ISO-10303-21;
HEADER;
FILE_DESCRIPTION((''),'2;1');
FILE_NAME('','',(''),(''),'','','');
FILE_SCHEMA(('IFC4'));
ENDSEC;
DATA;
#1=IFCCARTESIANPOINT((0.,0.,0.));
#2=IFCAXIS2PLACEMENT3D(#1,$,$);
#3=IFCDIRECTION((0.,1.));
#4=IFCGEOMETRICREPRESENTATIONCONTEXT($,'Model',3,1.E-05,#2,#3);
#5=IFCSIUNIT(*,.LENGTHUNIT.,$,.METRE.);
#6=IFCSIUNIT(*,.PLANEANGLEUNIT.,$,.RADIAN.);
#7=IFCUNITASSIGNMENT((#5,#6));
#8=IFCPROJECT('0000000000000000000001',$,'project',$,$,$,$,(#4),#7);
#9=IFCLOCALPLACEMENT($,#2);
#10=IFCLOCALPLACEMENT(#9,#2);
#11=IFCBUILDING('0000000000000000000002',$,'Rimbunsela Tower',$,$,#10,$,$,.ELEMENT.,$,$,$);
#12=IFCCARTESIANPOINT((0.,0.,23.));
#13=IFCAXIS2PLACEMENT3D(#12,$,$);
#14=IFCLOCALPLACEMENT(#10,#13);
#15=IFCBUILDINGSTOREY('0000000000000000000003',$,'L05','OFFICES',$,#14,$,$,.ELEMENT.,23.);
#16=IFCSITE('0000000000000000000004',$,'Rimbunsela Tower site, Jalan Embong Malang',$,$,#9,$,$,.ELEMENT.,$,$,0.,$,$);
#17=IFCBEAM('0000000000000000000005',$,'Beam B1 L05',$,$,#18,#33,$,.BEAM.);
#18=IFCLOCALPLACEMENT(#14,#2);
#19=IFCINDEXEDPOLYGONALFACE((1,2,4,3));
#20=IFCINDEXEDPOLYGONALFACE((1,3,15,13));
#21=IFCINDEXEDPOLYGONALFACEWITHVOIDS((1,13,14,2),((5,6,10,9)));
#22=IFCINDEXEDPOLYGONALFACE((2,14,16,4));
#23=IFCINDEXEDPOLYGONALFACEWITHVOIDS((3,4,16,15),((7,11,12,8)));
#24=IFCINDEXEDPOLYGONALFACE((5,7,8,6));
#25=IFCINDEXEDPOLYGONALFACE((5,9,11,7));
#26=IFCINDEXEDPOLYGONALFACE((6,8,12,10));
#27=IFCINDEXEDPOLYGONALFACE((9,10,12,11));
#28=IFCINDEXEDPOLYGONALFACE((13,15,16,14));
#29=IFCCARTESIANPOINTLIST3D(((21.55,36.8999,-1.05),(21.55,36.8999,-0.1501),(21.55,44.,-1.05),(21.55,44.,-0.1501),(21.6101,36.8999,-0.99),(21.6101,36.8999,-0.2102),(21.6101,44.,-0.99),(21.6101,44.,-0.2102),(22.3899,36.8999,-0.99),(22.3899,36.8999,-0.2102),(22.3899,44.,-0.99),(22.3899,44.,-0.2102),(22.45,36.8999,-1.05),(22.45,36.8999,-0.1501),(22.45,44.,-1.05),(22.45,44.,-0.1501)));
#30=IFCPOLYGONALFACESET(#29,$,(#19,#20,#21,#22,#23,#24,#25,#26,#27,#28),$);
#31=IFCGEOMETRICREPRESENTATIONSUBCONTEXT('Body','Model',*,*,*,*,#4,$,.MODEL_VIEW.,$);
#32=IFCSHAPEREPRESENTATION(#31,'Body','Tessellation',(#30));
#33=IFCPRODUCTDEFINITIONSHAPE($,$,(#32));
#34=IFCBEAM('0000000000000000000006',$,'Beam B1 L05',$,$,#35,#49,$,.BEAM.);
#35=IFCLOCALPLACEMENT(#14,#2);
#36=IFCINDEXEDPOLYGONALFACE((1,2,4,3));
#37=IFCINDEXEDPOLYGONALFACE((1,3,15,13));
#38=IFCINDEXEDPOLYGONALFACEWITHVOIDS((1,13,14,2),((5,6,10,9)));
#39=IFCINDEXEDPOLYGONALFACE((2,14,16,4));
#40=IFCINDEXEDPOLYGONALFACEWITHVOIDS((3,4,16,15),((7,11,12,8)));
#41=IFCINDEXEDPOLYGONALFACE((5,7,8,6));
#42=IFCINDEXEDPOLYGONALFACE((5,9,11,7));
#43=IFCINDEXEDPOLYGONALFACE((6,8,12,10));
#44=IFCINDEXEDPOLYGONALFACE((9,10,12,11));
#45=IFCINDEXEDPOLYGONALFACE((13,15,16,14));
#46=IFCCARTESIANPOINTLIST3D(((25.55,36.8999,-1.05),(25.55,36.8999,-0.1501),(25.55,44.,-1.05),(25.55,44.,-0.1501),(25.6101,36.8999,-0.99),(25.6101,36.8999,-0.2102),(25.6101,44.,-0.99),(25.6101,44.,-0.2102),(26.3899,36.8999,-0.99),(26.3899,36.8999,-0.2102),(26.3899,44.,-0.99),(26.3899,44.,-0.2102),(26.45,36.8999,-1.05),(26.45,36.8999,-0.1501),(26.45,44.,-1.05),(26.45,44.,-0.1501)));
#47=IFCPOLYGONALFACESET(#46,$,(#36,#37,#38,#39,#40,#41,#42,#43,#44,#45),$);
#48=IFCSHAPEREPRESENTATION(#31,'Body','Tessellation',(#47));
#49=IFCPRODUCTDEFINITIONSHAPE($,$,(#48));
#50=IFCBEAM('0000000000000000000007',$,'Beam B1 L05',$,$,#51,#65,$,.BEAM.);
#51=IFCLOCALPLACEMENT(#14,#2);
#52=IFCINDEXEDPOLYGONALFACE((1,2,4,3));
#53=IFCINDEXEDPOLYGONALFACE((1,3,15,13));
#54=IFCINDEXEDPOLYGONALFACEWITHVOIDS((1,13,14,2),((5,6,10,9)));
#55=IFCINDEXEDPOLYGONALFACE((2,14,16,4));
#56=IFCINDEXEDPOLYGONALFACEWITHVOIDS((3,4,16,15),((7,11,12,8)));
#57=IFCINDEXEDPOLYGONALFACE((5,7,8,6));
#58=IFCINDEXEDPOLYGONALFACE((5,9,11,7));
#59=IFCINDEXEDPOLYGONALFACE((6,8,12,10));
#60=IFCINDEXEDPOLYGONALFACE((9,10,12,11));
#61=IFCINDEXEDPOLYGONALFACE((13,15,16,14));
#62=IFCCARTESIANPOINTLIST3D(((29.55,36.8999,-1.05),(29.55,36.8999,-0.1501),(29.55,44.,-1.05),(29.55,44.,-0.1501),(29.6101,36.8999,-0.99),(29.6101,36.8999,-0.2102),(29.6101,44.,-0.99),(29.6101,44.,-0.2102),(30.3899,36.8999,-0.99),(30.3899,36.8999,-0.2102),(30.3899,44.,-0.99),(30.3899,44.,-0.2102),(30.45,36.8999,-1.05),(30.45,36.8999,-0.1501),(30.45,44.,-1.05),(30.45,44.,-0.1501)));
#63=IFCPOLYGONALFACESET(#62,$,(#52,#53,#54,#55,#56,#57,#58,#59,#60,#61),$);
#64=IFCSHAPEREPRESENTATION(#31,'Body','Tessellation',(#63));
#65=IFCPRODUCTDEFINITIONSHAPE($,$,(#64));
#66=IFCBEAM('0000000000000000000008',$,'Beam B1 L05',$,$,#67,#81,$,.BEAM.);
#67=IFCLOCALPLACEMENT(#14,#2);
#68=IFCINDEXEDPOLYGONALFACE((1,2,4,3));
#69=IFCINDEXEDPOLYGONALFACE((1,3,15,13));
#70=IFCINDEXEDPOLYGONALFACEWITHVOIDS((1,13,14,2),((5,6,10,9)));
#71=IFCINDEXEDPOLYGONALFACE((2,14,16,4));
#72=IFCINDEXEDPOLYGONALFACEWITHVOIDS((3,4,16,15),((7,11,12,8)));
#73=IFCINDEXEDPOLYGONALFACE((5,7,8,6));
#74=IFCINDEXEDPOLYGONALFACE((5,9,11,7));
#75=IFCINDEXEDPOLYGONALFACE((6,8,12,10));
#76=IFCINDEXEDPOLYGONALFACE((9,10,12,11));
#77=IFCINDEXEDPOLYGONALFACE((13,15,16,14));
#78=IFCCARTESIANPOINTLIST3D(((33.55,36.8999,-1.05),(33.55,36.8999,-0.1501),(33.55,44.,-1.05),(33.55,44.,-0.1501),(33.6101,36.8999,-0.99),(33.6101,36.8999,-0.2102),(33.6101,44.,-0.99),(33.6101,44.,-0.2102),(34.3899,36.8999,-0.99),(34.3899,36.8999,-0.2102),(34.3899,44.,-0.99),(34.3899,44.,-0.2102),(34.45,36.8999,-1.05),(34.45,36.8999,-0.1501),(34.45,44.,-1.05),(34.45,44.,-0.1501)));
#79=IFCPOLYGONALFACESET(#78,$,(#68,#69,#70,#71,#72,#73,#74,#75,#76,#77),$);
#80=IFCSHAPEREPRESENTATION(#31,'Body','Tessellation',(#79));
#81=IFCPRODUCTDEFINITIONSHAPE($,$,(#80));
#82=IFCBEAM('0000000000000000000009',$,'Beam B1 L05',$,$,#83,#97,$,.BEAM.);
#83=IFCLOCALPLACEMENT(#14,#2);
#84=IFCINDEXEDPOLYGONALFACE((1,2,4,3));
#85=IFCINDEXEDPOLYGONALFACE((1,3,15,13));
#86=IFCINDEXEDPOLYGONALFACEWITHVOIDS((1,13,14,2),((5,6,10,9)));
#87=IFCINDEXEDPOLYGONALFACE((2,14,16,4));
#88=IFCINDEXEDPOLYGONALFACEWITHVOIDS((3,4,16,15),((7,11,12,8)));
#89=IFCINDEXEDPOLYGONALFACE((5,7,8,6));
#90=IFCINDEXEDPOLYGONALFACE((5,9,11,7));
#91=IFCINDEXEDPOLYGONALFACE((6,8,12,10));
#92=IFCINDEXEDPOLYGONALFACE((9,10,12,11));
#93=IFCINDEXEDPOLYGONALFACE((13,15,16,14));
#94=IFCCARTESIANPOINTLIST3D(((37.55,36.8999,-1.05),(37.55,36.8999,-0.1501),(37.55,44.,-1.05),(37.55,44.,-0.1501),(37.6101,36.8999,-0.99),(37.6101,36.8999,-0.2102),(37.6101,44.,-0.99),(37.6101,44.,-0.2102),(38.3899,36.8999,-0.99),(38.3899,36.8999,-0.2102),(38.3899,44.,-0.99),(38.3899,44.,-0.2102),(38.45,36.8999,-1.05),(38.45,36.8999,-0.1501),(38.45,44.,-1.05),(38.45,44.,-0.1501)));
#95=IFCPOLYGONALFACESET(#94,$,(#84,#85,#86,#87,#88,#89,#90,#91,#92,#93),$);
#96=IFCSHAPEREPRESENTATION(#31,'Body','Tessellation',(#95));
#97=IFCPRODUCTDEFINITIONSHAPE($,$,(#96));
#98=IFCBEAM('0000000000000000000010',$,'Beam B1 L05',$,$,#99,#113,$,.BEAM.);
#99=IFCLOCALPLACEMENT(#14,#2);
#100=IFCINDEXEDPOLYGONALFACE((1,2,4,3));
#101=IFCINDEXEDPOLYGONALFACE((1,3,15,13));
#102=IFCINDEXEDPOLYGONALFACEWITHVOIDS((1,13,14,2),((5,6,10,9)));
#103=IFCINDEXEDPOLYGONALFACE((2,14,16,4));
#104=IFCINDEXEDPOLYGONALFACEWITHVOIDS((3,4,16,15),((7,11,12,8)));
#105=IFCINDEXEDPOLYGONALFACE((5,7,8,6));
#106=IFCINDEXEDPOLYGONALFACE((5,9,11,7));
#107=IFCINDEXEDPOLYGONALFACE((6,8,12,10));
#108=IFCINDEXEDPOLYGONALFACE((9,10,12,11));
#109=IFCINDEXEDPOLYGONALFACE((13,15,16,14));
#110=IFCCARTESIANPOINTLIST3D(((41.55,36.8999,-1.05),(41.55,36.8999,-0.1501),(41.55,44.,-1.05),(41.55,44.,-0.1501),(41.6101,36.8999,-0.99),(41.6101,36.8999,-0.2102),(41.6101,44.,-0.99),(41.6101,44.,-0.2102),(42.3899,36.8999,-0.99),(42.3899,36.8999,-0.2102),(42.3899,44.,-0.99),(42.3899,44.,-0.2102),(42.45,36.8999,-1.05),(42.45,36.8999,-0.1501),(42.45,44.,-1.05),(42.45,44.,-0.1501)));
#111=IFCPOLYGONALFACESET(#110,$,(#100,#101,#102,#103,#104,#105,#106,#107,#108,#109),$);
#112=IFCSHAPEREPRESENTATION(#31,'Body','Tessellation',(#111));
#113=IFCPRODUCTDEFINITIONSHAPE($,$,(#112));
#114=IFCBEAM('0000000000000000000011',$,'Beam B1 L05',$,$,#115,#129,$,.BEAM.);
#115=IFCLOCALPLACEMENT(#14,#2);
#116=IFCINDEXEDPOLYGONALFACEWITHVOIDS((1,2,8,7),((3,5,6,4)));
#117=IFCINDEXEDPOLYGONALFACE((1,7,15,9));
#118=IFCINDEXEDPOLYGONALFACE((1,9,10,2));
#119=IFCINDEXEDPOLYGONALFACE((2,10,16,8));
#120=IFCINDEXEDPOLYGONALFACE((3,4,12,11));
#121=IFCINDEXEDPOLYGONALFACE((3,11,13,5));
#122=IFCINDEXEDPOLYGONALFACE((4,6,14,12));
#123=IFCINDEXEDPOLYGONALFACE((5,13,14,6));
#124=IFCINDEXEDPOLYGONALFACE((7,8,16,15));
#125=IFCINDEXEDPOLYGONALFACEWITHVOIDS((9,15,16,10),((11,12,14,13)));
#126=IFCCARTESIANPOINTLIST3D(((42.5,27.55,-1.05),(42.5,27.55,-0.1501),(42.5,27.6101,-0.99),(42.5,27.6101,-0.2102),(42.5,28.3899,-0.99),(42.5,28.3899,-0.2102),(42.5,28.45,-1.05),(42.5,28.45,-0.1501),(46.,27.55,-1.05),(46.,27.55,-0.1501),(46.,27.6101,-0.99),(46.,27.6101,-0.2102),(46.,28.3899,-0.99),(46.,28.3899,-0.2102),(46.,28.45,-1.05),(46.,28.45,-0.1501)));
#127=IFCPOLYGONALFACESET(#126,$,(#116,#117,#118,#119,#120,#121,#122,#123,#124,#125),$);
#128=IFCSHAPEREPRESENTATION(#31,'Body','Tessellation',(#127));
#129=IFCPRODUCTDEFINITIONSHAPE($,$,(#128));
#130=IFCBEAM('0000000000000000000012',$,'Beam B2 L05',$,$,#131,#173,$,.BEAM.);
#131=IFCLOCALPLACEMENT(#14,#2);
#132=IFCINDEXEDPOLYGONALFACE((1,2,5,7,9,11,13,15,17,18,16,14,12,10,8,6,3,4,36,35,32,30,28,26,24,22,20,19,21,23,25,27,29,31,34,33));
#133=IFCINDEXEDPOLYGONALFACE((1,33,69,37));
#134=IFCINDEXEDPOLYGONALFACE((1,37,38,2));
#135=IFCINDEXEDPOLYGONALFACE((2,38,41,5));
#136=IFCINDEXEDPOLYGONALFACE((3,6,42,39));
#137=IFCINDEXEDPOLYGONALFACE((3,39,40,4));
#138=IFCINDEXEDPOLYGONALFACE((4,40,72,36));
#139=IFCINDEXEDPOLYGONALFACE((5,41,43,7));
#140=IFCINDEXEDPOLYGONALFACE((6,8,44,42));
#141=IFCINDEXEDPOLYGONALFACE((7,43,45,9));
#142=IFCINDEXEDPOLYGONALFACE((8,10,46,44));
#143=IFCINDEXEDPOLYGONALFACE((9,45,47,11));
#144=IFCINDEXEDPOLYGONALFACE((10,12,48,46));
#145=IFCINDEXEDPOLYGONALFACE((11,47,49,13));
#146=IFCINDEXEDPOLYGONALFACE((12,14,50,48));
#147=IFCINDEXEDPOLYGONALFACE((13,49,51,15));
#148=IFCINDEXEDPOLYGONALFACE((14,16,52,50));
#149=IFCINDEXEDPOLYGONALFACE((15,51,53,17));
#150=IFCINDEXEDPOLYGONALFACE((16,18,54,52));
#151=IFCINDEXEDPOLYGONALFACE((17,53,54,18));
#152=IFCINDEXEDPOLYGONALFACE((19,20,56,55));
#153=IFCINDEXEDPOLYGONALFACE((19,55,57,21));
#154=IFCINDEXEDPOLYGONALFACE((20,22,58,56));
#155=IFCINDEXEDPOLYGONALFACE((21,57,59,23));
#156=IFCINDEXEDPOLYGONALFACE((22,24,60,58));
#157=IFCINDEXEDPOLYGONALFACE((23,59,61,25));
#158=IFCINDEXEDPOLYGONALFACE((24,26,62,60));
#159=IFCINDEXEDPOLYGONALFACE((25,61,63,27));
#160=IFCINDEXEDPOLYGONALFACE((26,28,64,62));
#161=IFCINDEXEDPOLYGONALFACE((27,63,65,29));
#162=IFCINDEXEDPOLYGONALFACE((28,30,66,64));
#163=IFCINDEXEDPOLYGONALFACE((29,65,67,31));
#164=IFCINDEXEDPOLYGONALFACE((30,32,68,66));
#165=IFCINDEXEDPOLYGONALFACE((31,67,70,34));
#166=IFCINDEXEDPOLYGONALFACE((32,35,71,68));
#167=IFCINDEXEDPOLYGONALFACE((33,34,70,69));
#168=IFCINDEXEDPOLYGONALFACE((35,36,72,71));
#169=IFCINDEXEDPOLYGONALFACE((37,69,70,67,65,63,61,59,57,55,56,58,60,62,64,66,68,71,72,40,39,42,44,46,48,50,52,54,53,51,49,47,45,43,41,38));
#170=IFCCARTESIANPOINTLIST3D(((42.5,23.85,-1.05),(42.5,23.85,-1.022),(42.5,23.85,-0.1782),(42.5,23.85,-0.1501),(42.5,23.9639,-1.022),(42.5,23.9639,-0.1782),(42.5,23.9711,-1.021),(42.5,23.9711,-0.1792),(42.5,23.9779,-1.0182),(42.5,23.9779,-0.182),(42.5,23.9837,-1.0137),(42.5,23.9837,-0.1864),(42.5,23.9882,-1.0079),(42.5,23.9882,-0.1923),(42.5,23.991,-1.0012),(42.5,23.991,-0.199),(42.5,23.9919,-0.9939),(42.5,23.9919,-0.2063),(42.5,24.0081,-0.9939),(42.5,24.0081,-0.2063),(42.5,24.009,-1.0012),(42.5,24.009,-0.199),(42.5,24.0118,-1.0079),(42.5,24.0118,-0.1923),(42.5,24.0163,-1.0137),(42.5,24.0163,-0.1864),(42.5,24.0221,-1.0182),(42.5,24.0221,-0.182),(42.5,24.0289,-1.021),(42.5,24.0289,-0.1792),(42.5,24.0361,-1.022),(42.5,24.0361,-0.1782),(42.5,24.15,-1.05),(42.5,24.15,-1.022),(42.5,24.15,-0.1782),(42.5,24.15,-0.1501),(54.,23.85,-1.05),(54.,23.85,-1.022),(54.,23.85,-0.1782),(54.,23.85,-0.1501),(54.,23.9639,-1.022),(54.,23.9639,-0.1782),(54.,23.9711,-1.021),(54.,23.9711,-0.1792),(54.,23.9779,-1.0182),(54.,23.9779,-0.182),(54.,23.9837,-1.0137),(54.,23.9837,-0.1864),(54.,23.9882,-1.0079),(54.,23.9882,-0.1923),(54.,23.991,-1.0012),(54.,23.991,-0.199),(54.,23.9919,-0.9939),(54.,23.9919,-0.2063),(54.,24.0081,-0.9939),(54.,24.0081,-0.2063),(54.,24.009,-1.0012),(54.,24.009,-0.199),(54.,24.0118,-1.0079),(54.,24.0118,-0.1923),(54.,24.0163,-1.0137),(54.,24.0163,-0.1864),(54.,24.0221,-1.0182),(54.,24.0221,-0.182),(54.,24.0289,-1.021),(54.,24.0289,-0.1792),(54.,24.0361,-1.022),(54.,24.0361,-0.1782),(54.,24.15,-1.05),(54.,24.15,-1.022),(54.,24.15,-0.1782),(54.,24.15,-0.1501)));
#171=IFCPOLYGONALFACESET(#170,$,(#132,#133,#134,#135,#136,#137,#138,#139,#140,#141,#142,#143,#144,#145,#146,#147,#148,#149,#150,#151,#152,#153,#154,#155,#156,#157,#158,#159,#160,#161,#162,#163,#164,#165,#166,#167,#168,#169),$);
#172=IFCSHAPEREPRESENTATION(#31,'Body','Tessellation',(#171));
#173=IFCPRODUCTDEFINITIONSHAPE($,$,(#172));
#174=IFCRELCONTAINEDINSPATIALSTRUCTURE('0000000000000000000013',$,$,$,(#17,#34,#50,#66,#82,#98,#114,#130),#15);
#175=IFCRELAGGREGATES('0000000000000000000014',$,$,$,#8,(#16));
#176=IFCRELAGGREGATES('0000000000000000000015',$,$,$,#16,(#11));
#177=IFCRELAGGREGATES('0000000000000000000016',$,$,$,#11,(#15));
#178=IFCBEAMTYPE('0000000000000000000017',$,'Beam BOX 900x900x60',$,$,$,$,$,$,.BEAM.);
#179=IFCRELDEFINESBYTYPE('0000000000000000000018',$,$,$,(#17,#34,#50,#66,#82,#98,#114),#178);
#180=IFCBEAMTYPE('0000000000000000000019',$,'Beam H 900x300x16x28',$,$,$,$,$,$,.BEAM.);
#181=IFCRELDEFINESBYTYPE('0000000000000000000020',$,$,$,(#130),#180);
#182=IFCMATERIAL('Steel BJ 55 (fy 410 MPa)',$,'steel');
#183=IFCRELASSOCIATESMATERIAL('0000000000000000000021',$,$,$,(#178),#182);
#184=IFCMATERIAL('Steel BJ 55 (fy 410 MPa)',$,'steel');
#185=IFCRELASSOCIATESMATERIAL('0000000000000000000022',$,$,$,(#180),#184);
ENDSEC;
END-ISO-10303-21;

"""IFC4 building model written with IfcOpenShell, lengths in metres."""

from ifc_helpers import new_model, si_unit, direction, frame, origin, origin_2d, place, context, subcontext, project, spatial, hollow_rectangle, i_section, extrude, material, material_profile, profile_set, type_object, element, save


model = new_model("IFC4")

# Units and contexts
model_context = context("Model", 3, precision=1e-05, world=origin(), true_north=direction((0.0, 1.0)))
body_context = subcontext(model_context, "Body", "Model", "MODEL_VIEW")
ifc_project = project(units=[si_unit("LENGTHUNIT", "METRE"), si_unit("PLANEANGLEUNIT", "RADIAN")], contexts=[model_context])

# Site, building, storey
site_placement = place(None, origin())
site = spatial("IfcSite", under=ifc_project, at=site_placement, Name="Rimbunsela Tower site, Jalan Embong Malang", CompositionType="ELEMENT", RefElevation=0.0)
building_placement = place(site_placement, origin())
building = spatial("IfcBuilding", under=site, at=building_placement, Name="Rimbunsela Tower", CompositionType="ELEMENT")
storey_placement = place(building_placement, frame((0.0, 0.0, 23.0)))
storey = spatial("IfcBuildingStorey", under=building, at=storey_placement, Name="L05", Description="OFFICES", CompositionType="ELEMENT", Elevation=23.0)

# Beams
ifc_material_1 = material(Name="Steel BJ 55 (fy 410 MPa)", Category="steel")
ifc_material_profile_1 = material_profile(ifc_material_1, hollow_rectangle(XDim=0.8999, YDim=0.8999, WallThickness=0.0601, at=origin_2d()), Name="BOX 900x900x60")
ifc_profile_set_1 = profile_set([ifc_material_profile_1], Name="Steel BJ 55 (fy 410 MPa)")
beam_type_1 = type_object("IfcBeamType", Name="Beam BOX 900x900x60", PredefinedType="BEAM", material=ifc_profile_set_1)
for number, where, z_axis, x_axis, name in (
    (1, (22.0, 36.8999, -0.6001), (0.0, 1.0, 0.0), (-1.0, 0.0, 0.0), "Beam B1 L05"),
    (2, (26.0, 36.8999, -0.6001), (0.0, 1.0, 0.0), (-1.0, 0.0, 0.0), "Beam B1 L05"),
    (3, (30.0, 36.8999, -0.6001), (0.0, 1.0, 0.0), (-1.0, 0.0, 0.0), "Beam B1 L05"),
    (4, (34.0, 36.8999, -0.6001), (0.0, 1.0, 0.0), (-1.0, 0.0, 0.0), "Beam B1 L05"),
    (5, (38.0, 36.8999, -0.6001), (0.0, 1.0, 0.0), (-1.0, 0.0, 0.0), "Beam B1 L05"),
    (6, (42.0, 36.8999, -0.6001), (0.0, 1.0, 0.0), (-1.0, 0.0, 0.0), "Beam B1 L05"),
):
    element("IfcBeam", number, at=place(storey_placement, frame(where, z_axis=z_axis, x_axis=x_axis)), inside=storey, type_object=beam_type_1, Name=name, PredefinedType="BEAM", context=body_context, shape_type="SweptSolid", body=[
        extrude(hollow_rectangle(XDim=0.8999, YDim=0.8999, WallThickness=0.0601, at=origin_2d()), origin(), (0.0, 0.0, 1.0), 7.1001),
    ])
beam_1_placement = place(storey_placement, frame((42.5, 28.0, -0.6001), z_axis=(1.0, 0.0, 0.0), x_axis=(0.0, 1.0, 0.0)))
element("IfcBeam", 7, at=beam_1_placement, inside=storey, type_object=beam_type_1, Name="Beam B1 L05", PredefinedType="BEAM", context=body_context, shape_type="SweptSolid", body=[
    extrude(hollow_rectangle(XDim=0.8999, YDim=0.8999, WallThickness=0.0601, at=origin_2d()), origin(), (0.0, 0.0, 1.0), 3.5),
])
ifc_material_2 = material(Name="Steel BJ 55 (fy 410 MPa)", Category="steel")
ifc_material_profile_2 = material_profile(ifc_material_2, i_section(OverallWidth=0.3, OverallDepth=0.8999, WebThickness=0.0161, FlangeThickness=0.0281, FilletRadius=0.0281, at=origin_2d()), Name="H 900x300x16x28")
ifc_profile_set_2 = profile_set([ifc_material_profile_2], Name="Steel BJ 55 (fy 410 MPa)")
beam_type_2 = type_object("IfcBeamType", Name="Beam H 900x300x16x28", PredefinedType="BEAM", material=ifc_profile_set_2)
beam_2_placement = place(storey_placement, frame((42.5, 24.0, -0.6001), z_axis=(1.0, 0.0, 0.0), x_axis=(0.0, 1.0, 0.0)))
element("IfcBeam", 8, at=beam_2_placement, inside=storey, type_object=beam_type_2, Name="Beam B2 L05", PredefinedType="BEAM", context=body_context, shape_type="SweptSolid", body=[
    extrude(i_section(OverallWidth=0.3, OverallDepth=0.8999, WebThickness=0.0161, FlangeThickness=0.0281, FilletRadius=0.0281, at=origin_2d()), origin(), (0.0, 0.0, 1.0), 11.5),
])

save(model, "model.ifc")
